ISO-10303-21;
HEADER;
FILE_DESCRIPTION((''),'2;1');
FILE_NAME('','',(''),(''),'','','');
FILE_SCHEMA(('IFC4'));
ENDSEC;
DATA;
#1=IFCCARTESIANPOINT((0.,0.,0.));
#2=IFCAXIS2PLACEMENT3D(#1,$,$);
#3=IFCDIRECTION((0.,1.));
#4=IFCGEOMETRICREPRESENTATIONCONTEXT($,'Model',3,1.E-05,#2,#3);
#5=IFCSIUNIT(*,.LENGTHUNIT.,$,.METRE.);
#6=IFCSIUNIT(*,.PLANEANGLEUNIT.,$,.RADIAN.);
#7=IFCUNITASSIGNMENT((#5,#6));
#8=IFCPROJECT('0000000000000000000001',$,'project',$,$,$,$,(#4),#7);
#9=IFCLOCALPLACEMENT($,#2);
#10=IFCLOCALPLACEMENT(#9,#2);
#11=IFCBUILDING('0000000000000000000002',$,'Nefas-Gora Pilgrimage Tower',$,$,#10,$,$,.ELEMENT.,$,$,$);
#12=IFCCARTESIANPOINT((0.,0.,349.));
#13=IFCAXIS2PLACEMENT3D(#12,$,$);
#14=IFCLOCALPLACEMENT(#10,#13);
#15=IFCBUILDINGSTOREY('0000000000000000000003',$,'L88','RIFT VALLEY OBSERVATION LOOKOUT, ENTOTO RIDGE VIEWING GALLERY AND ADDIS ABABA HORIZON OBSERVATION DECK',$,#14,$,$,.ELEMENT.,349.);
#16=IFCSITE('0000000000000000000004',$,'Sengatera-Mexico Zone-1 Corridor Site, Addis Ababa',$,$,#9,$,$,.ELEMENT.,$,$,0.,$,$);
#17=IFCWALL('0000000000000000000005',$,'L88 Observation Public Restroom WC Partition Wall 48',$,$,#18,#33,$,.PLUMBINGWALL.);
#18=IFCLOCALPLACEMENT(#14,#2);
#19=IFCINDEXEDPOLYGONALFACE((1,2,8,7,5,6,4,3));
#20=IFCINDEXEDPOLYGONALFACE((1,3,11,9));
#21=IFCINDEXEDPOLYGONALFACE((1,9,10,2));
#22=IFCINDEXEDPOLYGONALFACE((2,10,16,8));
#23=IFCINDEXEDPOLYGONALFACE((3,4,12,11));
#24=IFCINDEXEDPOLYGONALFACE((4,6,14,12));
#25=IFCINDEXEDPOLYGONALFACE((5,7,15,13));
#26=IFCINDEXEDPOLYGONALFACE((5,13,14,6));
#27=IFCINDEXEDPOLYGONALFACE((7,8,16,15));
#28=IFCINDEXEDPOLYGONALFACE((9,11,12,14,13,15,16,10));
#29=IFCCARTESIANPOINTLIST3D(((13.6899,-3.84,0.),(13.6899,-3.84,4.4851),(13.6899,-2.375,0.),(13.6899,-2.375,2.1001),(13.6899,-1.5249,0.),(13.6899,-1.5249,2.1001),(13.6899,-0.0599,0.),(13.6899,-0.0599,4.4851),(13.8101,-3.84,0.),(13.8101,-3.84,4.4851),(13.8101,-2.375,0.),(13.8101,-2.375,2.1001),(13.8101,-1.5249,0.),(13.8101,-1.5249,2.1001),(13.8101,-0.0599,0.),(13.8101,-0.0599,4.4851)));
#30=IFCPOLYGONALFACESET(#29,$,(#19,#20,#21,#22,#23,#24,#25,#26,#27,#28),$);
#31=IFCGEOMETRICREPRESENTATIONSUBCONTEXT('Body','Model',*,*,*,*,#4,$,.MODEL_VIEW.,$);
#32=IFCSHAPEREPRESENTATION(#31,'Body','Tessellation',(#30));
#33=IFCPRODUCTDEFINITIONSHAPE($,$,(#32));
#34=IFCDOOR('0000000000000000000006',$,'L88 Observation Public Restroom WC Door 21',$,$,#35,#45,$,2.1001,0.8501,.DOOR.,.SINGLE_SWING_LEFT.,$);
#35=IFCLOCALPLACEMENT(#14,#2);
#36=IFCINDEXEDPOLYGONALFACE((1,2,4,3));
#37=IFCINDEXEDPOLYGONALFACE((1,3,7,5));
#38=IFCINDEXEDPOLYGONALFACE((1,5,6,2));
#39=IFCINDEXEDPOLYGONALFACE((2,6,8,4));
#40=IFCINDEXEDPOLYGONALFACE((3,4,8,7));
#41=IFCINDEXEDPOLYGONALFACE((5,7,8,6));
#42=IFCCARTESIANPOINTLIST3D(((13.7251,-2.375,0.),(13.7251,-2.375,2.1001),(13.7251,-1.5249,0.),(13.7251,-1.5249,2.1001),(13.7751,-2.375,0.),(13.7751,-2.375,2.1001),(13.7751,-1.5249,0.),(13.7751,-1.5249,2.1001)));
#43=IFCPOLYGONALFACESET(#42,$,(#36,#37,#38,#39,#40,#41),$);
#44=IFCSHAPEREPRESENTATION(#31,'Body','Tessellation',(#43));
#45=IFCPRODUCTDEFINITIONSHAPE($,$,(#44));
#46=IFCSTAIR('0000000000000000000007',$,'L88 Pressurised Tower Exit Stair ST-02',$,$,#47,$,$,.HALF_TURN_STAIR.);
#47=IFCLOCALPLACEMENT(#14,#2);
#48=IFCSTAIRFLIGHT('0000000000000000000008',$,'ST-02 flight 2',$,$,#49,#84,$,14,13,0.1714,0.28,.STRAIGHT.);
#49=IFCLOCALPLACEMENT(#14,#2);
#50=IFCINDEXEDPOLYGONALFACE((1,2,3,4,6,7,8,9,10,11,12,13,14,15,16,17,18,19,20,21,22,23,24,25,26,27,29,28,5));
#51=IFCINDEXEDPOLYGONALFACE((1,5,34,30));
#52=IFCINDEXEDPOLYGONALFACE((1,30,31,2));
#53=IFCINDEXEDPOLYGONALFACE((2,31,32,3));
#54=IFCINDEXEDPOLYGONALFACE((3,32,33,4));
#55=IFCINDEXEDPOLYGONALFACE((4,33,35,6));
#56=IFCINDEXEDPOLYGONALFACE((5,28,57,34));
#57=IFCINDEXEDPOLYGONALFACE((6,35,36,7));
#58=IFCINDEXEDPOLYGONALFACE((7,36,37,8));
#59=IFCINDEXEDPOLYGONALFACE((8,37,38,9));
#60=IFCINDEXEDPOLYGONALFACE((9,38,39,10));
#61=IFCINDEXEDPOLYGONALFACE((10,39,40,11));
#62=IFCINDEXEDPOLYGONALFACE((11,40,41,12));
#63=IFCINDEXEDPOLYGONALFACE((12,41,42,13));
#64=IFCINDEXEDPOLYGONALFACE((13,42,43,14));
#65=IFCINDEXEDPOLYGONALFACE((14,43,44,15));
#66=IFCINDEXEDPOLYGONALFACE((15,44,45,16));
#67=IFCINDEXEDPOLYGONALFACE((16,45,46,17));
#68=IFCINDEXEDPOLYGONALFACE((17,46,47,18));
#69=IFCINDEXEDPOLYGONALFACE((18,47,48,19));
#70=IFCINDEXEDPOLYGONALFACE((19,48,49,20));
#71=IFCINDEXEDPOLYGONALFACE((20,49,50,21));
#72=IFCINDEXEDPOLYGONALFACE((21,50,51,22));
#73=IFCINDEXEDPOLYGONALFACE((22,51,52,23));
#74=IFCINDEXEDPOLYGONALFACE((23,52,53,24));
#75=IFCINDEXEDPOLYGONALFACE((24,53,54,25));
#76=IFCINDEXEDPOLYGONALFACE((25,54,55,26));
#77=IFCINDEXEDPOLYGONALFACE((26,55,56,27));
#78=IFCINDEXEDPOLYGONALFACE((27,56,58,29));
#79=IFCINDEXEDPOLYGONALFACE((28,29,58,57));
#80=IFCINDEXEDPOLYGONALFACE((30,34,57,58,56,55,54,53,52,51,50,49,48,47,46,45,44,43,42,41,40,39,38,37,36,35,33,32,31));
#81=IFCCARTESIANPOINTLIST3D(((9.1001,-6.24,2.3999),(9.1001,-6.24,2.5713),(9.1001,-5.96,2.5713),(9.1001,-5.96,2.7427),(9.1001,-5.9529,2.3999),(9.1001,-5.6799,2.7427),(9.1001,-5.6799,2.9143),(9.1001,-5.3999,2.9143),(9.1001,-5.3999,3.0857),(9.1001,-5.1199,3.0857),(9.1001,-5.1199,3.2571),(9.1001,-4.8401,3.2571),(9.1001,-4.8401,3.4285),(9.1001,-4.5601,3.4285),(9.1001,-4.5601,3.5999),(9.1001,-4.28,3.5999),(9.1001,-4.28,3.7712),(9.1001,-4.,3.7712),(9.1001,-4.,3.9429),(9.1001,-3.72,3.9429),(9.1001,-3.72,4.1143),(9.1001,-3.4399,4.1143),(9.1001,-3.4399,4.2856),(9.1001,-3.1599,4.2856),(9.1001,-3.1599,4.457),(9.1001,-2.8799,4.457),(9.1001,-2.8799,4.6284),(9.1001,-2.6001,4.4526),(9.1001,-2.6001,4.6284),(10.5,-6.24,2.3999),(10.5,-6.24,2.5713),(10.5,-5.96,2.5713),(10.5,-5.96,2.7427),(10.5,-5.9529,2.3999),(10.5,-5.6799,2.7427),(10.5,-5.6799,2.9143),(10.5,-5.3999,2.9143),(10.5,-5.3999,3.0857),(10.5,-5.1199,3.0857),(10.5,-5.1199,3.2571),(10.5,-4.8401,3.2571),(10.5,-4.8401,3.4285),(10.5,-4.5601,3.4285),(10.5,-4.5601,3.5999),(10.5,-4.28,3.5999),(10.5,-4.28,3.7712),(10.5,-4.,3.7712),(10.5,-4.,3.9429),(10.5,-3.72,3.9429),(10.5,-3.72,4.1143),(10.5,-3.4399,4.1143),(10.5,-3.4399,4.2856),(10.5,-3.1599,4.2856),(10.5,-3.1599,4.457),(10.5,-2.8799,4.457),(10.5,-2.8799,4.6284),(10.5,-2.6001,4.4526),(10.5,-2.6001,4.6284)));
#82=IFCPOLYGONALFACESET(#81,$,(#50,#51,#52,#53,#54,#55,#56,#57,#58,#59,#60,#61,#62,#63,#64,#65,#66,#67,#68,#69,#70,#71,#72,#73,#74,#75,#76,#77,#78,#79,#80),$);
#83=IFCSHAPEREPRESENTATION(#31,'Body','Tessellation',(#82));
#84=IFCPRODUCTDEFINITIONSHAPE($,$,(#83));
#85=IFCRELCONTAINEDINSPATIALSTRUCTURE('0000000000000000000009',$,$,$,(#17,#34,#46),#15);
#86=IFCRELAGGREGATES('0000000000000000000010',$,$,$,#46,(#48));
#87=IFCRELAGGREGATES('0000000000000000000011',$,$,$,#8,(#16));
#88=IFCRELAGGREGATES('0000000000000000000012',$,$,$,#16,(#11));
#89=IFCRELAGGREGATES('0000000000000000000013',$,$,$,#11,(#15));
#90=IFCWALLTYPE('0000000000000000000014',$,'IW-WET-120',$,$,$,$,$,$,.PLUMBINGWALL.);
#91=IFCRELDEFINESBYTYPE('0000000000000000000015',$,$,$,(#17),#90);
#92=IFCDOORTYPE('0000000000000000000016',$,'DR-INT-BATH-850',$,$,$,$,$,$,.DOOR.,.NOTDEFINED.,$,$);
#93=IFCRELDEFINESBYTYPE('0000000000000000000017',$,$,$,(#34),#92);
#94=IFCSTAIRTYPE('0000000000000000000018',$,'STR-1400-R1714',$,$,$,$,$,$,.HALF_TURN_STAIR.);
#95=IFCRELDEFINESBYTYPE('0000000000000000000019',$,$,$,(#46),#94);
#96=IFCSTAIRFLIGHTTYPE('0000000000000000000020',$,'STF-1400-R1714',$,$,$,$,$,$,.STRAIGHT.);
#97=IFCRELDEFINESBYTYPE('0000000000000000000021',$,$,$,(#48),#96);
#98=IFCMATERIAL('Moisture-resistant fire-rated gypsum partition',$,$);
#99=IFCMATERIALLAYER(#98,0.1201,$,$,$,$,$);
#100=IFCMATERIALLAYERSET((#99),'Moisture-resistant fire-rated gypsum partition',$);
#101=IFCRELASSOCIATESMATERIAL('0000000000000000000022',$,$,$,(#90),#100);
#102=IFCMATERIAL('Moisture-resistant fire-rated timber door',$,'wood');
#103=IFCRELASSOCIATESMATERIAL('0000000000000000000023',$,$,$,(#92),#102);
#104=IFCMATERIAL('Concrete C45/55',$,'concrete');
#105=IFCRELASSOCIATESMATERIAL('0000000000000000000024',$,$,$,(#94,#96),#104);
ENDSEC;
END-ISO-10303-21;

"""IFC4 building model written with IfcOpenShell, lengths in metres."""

from ifc_helpers import new_model, si_unit, direction, frame, frame_2d, origin, place, context, subcontext, project, spatial, polyline, rectangle, outline, extrude, source, transform, mapped, material, layer, layer_set, type_object, element, fill, aggregate, save


model = new_model("IFC4")

# Units and contexts
model_context = context("Model", 3, precision=1e-05, world=origin(), true_north=direction((0.0, 1.0)))
body_context = subcontext(model_context, "Body", "Model", "MODEL_VIEW")
ifc_project = project(units=[si_unit("LENGTHUNIT", "METRE"), si_unit("PLANEANGLEUNIT", "RADIAN")], contexts=[model_context])

# Site, building, storey
site_placement = place(None, origin())
site = spatial("IfcSite", under=ifc_project, at=site_placement, Name="Sengatera-Mexico Zone-1 Corridor Site, Addis Ababa", CompositionType="ELEMENT", RefElevation=0.0)
building_placement = place(site_placement, origin())
building = spatial("IfcBuilding", under=site, at=building_placement, Name="Nefas-Gora Pilgrimage Tower", CompositionType="ELEMENT")
storey_placement = place(building_placement, frame((0.0, 0.0, 349.0)))
storey = spatial("IfcBuildingStorey", under=building, at=storey_placement, Name="L88", Description="RIFT VALLEY OBSERVATION LOOKOUT, ENTOTO RIDGE VIEWING GALLERY AND ADDIS ABABA HORIZON OBSERVATION DECK", CompositionType="ELEMENT", Elevation=349.0)

# Shared definitions
ifc_material_1 = material(Name="Concrete C45/55", Category="concrete")

# Shared definitions
ifc_material_2 = material(Name="Moisture-resistant fire-rated gypsum partition")
ifc_layer_1 = layer(ifc_material_2, 0.1201)
ifc_layer_set_1 = layer_set([ifc_layer_1], Name="Moisture-resistant fire-rated gypsum partition")
wall_type_1 = type_object("IfcWallType", Name="IW-WET-120", PredefinedType="PLUMBINGWALL", material=ifc_layer_set_1)

# Wall, opening, door
shared_shape_1 = source(origin(), body_context, "Body", "SweptSolid", [
    extrude(rectangle(XDim=3.78, YDim=0.1201, at=frame_2d((1.8901, 0.0))), origin(), (0.0, 0.0, 1.0), 4.4851),
])
wall_1_placement = place(storey_placement, frame((13.75, -3.8401, 0.0), z_axis=(0.0, 0.0, 1.0), x_axis=(0.0, 1.0, 0.0)))
wall_1 = element("IfcWall", 1, at=wall_1_placement, inside=storey, type_object=wall_type_1, Name="L88 Observation Public Restroom WC Partition Wall 48", PredefinedType="PLUMBINGWALL", context=body_context, shape_type="MappedRepresentation", body=[
    mapped(shared_shape_1, transform((0.0, 0.0, 0.0), x_axis=(1.0, 0.0, 0.0), y_axis=(0.0, 1.0, 0.0), z_axis=(0.0, 0.0, 1.0), scale=1.0)),
])
opening_1_placement = place(wall_1_placement, frame((1.4651, 0.0, 0.0)))
opening_1 = element("IfcOpeningElement", 2, at=opening_1_placement, cuts=wall_1, PredefinedType="OPENING", context=body_context, shape_type="SweptSolid", body=[
    extrude(rectangle(XDim=0.8501, YDim=2.1001, at=frame_2d((0.425, 1.05))), frame((0.0, 0.0701, 0.0), z_axis=(0.0, -1.0, 0.0), x_axis=(1.0, 0.0, 0.0)), (0.0, 0.0, 1.0), 0.1401),
])
ifc_material_3 = material(Name="Moisture-resistant fire-rated timber door", Category="wood")
door_type_1 = type_object("IfcDoorType", Name="DR-INT-BATH-850", OperationType="NOTDEFINED", PredefinedType="DOOR", material=ifc_material_3)
shared_shape_2 = source(origin(), body_context, "Body", "SweptSolid", [
    extrude(rectangle(XDim=0.8501, YDim=2.1001, at=frame_2d((0.425, 1.05))), frame((0.0, 0.0249, 0.0), z_axis=(0.0, -1.0, 0.0), x_axis=(1.0, 0.0, 0.0)), (0.0, 0.0, 1.0), 0.05),
])
door_1_placement = place(opening_1_placement, origin())
door_1 = element("IfcDoor", 3, at=door_1_placement, inside=storey, type_object=door_type_1, Name="L88 Observation Public Restroom WC Door 21", OperationType="SINGLE_SWING_LEFT", OverallHeight=2.1001, OverallWidth=0.8501, PredefinedType="DOOR", context=body_context, shape_type="MappedRepresentation", body=[
    mapped(shared_shape_2, transform((0.0, 0.0, 0.0), x_axis=(1.0, 0.0, 0.0), y_axis=(0.0, 1.0, 0.0), z_axis=(0.0, 0.0, 1.0), scale=1.0)),
])
fill(opening_1, door_1)

# Stair, stair flight
stair_type = type_object("IfcStairType", Name="STR-1400-R1714", PredefinedType="HALF_TURN_STAIR", material=ifc_material_1)
stair_placement = place(storey_placement, origin())
stair = element("IfcStair", 4, at=stair_placement, inside=storey, type_object=stair_type, Name="L88 Pressurised Tower Exit Stair ST-02", PredefinedType="HALF_TURN_STAIR")
stair_flight_type = type_object("IfcStairFlightType", Name="STF-1400-R1714", PredefinedType="STRAIGHT", material=ifc_material_1)
shared_shape_3 = source(origin(), body_context, "Body", "SweptSolid", [
    extrude(outline(polyline([(0.0, 0.0), (0.0, 0.1714), (0.28, 0.1714), (0.28, 0.3428), (0.5601, 0.3428), (0.5601, 0.5144), (0.8401, 0.5144), (0.8401, 0.6858), (1.1201, 0.6858), (1.1201, 0.8572), (1.3999, 0.8572), (1.3999, 1.0286), (1.6799, 1.0286), (1.6799, 1.2), (1.96, 1.2), (1.96, 1.3713), (2.24, 1.3713), (2.24, 1.543), (2.52, 1.543), (2.52, 1.7144), (2.8, 1.7144), (2.8, 1.8857), (3.0801, 1.8857), (3.0801, 2.0571), (3.3601, 2.0571), (3.3601, 2.2285), (3.6399, 2.2285), (3.6399, 2.3999), (3.6399, 2.0527), (0.2871, 0.0), (0.0, 0.0)])), frame((0.0, 0.7, 0.0), z_axis=(0.0, -1.0, 0.0), x_axis=(1.0, 0.0, 0.0)), (0.0, 0.0, 1.0), 1.3999),
])
stair_flight_placement = place(storey_placement, frame((9.8, -6.24, 2.3999), z_axis=(0.0, 0.0, 1.0), x_axis=(0.0, 1.0, 0.0)))
stair_flight = element("IfcStairFlight", 5, at=stair_flight_placement, type_object=stair_flight_type, Name="ST-02 flight 2", NumberOfRisers=14, NumberOfTreads=13, PredefinedType="STRAIGHT", RiserHeight=0.1714, TreadLength=0.28, context=body_context, shape_type="MappedRepresentation", body=[
    mapped(shared_shape_3, transform((0.0, 0.0, 0.0), x_axis=(1.0, 0.0, 0.0), y_axis=(0.0, 1.0, 0.0), z_axis=(0.0, 0.0, 1.0), scale=1.0)),
])
aggregate(stair, [stair_flight])

save(model, "model.ifc")
